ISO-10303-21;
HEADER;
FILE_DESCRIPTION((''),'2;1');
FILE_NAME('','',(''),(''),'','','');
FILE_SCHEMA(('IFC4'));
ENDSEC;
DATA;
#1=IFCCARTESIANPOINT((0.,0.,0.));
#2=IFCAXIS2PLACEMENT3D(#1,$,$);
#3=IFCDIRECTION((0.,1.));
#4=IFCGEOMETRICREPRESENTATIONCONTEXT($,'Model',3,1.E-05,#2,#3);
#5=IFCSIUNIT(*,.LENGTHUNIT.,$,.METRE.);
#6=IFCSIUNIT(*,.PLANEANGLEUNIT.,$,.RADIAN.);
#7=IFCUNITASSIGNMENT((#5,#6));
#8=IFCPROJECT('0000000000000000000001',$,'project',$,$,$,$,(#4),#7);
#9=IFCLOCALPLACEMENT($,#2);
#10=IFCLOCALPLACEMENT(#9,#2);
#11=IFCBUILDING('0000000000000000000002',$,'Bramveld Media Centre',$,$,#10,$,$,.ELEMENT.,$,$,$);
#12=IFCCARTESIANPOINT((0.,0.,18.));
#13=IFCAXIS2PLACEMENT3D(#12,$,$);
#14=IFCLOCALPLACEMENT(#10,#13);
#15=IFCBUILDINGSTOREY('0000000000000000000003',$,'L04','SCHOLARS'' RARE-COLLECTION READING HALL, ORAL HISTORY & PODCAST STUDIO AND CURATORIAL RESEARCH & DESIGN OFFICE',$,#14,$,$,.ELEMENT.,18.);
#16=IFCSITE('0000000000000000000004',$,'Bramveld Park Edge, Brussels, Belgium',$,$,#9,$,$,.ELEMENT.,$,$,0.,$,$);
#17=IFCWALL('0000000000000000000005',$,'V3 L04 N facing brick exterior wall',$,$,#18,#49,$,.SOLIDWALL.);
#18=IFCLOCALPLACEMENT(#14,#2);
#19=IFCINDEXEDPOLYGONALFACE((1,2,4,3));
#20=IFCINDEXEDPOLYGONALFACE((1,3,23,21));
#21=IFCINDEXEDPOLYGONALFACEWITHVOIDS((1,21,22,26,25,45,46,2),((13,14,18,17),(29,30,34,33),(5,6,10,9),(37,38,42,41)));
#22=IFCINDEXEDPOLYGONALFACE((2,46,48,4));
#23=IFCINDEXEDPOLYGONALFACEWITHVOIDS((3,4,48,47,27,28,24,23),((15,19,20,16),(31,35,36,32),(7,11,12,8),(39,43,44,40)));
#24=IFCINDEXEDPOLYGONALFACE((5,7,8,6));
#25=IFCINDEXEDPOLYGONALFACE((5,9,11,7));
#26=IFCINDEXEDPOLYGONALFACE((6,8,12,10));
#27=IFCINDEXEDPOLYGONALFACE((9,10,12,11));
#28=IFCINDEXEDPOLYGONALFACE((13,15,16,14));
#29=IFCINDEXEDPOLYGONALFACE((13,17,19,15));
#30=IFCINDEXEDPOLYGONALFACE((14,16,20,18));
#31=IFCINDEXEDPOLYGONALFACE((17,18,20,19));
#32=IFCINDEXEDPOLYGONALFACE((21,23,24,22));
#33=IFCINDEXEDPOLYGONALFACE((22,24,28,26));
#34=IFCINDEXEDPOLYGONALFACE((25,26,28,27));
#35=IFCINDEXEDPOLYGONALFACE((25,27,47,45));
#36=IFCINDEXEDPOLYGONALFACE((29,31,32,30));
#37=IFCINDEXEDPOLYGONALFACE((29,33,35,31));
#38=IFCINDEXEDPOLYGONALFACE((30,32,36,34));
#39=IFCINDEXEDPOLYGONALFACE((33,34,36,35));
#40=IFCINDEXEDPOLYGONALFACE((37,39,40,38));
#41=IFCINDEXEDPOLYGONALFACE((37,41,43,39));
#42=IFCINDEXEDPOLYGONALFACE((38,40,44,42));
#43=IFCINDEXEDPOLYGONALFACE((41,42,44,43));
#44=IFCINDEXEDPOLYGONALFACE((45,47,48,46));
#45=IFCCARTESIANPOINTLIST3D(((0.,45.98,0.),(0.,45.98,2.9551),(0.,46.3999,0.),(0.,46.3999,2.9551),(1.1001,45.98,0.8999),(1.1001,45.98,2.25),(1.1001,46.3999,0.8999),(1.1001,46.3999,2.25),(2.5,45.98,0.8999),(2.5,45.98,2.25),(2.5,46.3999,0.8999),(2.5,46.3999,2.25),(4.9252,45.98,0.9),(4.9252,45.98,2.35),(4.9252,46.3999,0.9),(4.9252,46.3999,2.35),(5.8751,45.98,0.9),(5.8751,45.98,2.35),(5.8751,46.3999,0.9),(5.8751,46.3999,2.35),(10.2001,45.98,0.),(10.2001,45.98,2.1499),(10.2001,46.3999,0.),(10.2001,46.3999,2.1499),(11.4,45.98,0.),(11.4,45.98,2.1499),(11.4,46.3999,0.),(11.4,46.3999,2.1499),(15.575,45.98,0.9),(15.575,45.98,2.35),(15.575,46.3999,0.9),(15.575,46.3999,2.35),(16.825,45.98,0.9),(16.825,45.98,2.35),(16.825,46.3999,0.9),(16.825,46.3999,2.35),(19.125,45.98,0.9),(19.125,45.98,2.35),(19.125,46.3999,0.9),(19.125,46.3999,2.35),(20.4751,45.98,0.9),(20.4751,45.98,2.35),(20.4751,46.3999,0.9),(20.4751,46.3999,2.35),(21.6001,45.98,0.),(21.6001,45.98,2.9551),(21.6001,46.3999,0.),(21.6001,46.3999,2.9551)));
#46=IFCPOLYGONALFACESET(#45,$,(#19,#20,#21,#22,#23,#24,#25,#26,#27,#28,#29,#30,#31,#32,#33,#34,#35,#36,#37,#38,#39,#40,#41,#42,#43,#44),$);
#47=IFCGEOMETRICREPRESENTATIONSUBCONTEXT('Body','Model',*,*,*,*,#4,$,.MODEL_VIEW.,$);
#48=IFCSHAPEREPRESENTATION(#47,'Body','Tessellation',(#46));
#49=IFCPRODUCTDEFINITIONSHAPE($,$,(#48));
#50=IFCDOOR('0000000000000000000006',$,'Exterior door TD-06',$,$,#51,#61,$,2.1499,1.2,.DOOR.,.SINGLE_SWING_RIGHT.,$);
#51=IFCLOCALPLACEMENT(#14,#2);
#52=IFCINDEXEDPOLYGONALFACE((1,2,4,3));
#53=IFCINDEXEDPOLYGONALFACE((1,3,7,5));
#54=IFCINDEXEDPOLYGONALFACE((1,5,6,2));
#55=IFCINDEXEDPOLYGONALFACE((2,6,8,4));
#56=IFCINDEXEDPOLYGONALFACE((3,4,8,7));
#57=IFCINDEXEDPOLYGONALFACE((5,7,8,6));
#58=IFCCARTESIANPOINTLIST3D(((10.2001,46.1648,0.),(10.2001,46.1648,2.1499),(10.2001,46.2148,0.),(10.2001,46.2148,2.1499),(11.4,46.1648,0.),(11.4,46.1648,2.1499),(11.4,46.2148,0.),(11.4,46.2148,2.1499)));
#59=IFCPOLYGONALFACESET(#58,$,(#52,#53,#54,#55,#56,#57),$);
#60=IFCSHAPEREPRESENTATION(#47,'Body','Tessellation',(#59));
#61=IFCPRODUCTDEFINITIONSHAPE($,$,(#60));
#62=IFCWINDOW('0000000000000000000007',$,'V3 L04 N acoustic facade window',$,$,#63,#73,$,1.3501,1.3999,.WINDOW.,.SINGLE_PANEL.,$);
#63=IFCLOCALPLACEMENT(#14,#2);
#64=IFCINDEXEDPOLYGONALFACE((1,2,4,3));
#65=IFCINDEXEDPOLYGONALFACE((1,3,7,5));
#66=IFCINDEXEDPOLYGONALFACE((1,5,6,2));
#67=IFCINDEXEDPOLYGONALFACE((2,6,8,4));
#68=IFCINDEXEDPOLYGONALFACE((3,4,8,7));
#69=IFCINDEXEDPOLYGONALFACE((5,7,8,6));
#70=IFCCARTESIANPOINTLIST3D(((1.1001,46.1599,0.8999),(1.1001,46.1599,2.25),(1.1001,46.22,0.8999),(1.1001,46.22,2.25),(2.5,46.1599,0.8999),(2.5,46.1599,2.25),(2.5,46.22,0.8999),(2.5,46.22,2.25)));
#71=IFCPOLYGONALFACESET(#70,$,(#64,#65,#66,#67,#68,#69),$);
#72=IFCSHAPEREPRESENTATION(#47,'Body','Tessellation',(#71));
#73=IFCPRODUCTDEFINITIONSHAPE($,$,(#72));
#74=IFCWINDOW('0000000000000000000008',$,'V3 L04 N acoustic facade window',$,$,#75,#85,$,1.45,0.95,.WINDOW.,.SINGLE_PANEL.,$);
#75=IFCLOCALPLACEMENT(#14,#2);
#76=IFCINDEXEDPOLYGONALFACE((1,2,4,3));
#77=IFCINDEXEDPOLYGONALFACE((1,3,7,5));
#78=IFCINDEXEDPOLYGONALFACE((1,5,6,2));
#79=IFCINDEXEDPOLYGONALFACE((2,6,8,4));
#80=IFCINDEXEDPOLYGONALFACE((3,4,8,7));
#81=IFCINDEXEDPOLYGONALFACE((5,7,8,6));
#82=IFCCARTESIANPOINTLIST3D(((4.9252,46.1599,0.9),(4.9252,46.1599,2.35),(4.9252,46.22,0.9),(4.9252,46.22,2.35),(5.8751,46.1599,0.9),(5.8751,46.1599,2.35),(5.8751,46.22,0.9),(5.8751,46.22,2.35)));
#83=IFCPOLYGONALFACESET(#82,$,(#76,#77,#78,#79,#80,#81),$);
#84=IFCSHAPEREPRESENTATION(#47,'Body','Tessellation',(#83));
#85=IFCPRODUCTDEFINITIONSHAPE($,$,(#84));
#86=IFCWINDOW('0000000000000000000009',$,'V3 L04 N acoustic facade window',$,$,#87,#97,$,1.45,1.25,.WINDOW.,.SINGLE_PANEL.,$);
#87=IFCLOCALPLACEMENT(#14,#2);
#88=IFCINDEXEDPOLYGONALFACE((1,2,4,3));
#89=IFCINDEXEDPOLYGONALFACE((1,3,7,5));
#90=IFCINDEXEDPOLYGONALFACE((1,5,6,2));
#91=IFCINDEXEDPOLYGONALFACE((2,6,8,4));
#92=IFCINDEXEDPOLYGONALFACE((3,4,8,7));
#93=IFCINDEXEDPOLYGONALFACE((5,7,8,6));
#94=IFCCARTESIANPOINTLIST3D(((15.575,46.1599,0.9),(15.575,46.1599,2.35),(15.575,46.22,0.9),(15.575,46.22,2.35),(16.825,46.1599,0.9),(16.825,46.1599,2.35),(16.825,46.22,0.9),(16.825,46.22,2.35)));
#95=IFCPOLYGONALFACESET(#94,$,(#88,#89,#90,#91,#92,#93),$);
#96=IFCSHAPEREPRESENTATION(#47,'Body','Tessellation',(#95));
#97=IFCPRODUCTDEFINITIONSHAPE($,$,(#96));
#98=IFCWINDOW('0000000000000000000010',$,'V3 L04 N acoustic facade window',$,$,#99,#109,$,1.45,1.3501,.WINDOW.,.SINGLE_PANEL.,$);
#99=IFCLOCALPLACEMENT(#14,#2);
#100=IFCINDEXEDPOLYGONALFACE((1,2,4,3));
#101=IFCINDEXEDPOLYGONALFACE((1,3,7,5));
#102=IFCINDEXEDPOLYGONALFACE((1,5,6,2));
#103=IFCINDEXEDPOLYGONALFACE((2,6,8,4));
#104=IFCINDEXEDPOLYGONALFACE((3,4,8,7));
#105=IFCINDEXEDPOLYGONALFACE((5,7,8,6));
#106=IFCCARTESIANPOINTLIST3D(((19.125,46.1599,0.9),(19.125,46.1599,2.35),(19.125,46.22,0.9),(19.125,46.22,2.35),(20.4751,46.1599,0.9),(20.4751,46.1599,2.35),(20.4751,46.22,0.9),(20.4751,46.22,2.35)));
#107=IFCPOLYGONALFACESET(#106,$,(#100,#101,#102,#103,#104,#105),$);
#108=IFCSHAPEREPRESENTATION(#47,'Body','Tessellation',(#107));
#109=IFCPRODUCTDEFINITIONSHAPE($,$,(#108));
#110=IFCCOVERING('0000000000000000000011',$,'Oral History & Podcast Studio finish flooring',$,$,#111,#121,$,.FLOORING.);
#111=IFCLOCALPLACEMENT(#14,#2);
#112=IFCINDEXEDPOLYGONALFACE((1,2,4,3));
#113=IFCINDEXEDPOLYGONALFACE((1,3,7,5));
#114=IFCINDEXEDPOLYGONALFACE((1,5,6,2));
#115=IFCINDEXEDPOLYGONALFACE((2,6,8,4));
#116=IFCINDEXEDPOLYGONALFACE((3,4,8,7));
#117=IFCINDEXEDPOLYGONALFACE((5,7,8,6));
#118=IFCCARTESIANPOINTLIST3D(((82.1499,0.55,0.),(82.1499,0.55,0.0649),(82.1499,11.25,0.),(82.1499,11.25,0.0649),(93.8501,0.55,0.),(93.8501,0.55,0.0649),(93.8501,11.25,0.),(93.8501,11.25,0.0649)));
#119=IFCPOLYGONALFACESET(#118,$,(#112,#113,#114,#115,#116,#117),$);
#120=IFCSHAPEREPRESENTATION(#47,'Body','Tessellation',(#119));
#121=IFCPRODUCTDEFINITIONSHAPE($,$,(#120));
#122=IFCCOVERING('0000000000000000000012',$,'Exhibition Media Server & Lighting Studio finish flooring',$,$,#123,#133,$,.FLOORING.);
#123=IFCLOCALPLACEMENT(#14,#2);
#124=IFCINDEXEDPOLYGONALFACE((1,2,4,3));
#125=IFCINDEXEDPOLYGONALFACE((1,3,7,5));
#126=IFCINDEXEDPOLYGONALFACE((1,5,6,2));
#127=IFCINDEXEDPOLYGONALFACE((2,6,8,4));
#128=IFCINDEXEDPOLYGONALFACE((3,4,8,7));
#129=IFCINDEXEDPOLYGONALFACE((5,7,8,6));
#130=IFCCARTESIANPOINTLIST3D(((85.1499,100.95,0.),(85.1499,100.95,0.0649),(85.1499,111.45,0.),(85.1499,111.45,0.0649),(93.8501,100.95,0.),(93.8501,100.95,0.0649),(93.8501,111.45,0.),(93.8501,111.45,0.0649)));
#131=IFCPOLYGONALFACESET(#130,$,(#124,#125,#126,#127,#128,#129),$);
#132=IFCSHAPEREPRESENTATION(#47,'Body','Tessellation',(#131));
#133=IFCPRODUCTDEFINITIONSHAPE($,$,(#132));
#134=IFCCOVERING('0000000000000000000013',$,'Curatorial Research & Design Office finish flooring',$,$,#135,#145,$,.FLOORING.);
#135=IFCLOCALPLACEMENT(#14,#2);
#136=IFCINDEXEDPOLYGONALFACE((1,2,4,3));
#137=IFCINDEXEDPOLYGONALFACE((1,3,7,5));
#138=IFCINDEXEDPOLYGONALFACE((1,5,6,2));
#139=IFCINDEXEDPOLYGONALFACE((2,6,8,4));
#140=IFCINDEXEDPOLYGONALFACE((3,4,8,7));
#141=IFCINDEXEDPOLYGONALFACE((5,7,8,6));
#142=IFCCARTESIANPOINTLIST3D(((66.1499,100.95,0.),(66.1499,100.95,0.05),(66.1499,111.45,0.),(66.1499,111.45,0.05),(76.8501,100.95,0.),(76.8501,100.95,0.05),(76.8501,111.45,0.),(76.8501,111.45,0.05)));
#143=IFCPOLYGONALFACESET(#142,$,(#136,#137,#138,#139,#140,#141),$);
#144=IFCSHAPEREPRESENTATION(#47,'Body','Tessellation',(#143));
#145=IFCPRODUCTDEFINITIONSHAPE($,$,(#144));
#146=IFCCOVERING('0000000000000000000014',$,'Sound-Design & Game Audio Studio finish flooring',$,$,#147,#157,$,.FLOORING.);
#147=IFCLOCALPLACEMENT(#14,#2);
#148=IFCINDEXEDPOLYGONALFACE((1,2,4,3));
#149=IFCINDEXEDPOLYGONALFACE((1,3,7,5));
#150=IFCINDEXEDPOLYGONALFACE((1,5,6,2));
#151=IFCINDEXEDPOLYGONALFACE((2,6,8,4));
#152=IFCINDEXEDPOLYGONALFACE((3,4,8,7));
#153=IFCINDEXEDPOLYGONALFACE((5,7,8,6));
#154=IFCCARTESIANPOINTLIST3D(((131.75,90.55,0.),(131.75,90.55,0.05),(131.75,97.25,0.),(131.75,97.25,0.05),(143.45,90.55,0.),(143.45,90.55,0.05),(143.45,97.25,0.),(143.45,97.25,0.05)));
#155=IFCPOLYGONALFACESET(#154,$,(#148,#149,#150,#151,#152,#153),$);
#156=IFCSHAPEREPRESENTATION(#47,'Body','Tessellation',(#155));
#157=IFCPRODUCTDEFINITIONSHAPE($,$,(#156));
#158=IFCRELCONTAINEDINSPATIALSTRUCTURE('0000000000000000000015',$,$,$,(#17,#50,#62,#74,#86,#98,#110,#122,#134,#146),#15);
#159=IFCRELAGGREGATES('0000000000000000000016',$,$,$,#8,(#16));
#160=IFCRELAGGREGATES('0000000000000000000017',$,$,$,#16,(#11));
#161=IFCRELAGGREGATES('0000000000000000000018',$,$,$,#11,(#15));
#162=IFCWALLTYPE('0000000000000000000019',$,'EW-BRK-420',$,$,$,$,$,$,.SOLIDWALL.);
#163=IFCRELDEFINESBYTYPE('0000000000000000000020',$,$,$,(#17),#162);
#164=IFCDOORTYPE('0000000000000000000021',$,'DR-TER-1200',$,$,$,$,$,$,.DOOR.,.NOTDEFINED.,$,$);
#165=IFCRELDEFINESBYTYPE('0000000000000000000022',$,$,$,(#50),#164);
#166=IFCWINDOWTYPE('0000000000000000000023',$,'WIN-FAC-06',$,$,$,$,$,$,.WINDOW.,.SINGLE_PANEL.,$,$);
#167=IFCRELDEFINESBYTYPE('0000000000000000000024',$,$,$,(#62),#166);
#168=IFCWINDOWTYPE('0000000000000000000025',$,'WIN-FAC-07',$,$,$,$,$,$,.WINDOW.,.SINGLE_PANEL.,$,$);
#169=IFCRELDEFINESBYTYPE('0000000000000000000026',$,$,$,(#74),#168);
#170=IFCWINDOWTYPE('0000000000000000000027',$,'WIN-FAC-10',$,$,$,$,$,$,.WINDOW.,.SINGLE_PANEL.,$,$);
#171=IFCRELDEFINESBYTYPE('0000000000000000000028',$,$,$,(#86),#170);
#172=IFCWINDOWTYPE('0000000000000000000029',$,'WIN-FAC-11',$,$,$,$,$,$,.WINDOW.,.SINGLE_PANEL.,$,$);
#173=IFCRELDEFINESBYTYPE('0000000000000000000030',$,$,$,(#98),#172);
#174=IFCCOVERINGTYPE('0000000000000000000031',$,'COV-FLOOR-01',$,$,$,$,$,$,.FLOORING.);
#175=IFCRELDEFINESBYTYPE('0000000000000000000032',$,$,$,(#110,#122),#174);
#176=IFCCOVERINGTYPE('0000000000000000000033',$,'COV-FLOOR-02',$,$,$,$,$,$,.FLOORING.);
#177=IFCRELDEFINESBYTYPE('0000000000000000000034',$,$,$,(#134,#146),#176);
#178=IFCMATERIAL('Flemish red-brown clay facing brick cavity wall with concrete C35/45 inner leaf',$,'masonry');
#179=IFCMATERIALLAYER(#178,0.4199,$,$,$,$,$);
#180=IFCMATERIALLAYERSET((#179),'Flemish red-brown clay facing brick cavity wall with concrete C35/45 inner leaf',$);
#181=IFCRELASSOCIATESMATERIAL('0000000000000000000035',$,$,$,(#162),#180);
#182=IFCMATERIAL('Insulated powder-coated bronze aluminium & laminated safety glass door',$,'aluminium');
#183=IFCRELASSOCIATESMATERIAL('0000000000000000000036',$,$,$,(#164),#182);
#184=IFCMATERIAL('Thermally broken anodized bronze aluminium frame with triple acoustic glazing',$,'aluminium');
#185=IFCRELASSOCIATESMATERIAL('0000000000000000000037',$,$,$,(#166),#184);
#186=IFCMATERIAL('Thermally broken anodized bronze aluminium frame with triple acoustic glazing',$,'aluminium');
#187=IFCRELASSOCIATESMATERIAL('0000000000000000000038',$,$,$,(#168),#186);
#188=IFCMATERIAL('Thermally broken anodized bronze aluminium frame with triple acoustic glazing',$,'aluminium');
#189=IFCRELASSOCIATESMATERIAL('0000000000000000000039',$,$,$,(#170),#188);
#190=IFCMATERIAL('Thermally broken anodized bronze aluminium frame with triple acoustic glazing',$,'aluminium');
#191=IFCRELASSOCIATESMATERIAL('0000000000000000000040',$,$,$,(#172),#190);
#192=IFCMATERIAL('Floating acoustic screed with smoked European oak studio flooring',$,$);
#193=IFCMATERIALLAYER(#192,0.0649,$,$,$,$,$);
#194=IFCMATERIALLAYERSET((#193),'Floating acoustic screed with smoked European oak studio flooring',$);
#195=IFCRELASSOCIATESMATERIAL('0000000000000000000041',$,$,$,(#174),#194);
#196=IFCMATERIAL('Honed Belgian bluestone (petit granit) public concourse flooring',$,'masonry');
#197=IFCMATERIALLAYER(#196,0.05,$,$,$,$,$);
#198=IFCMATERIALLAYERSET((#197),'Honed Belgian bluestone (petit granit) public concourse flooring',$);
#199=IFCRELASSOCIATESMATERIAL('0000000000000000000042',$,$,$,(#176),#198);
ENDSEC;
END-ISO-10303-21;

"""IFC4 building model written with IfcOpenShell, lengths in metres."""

from ifc_helpers import new_model, si_unit, direction, frame, frame_2d, origin, place, context, subcontext, project, spatial, polyline, rectangle, outline, extrude, material, layer, layer_set, type_object, element, fill, save


model = new_model("IFC4")

# Units and contexts
model_context = context("Model", 3, precision=1e-05, world=origin(), true_north=direction((0.0, 1.0)))
body_context = subcontext(model_context, "Body", "Model", "MODEL_VIEW")
ifc_project = project(units=[si_unit("LENGTHUNIT", "METRE"), si_unit("PLANEANGLEUNIT", "RADIAN")], contexts=[model_context])

# Site, building, storey
site_placement = place(None, origin())
site = spatial("IfcSite", under=ifc_project, at=site_placement, Name="Bramveld Park Edge, Brussels, Belgium", CompositionType="ELEMENT", RefElevation=0.0)
building_placement = place(site_placement, origin())
building = spatial("IfcBuilding", under=site, at=building_placement, Name="Bramveld Media Centre", CompositionType="ELEMENT")
storey_placement = place(building_placement, frame((0.0, 0.0, 18.0)))
storey = spatial("IfcBuildingStorey", under=building, at=storey_placement, Name="L04", Description="SCHOLARS' RARE-COLLECTION READING HALL, ORAL HISTORY & PODCAST STUDIO AND CURATORIAL RESEARCH & DESIGN OFFICE", CompositionType="ELEMENT", Elevation=18.0)

# Wall, openings, door, windows
ifc_material_1 = material(Name="Flemish red-brown clay facing brick cavity wall with concrete C35/45 inner leaf", Category="masonry")
ifc_layer_1 = layer(ifc_material_1, 0.4199)
ifc_layer_set_1 = layer_set([ifc_layer_1], Name="Flemish red-brown clay facing brick cavity wall with concrete C35/45 inner leaf")
wall_type = type_object("IfcWallType", Name="EW-BRK-420", PredefinedType="SOLIDWALL", material=ifc_layer_set_1)
wall_placement = place(storey_placement, frame((0.0, 46.1899, 0.0), z_axis=(0.0, 0.0, 1.0), x_axis=(1.0, 0.0, 0.0)))
wall = element("IfcWall", 1, at=wall_placement, inside=storey, type_object=wall_type, Name="V3 L04 N facing brick exterior wall", PredefinedType="SOLIDWALL", context=body_context, shape_type="SweptSolid", body=[
    extrude(rectangle(XDim=21.6001, YDim=0.4199, at=frame_2d((10.8, 0.0))), origin(), (0.0, 0.0, 1.0), 2.9551),
])
opening_1_placement = place(wall_placement, frame((10.2, 0.0, 0.0)))
opening_1 = element("IfcOpeningElement", 2, at=opening_1_placement, cuts=wall, PredefinedType="OPENING", context=body_context, shape_type="SweptSolid", body=[
    extrude(rectangle(XDim=1.2, YDim=2.1499, at=frame_2d((0.6001, 1.075))), frame((0.0, 0.2219, 0.0), z_axis=(0.0, -1.0, 0.0), x_axis=(1.0, 0.0, 0.0)), (0.0, 0.0, 1.0), 0.4438),
])
opening_2_placement = place(wall_placement, frame((1.1001, 0.0, 0.8999)))
opening_2 = element("IfcOpeningElement", 3, at=opening_2_placement, cuts=wall, PredefinedType="OPENING", context=body_context, shape_type="SweptSolid", body=[
    extrude(rectangle(XDim=1.3999, YDim=1.3501, at=frame_2d((0.7, 0.675))), frame((0.0, 0.2219, 0.0), z_axis=(0.0, -1.0, 0.0), x_axis=(1.0, 0.0, 0.0)), (0.0, 0.0, 1.0), 0.4438),
])
opening_3_placement = place(wall_placement, frame((4.925, 0.0, 0.8999)))
opening_3 = element("IfcOpeningElement", 4, at=opening_3_placement, cuts=wall, PredefinedType="OPENING", context=body_context, shape_type="SweptSolid", body=[
    extrude(rectangle(XDim=0.95, YDim=1.45, at=frame_2d((0.4751, 0.7251))), frame((0.0, 0.2219, 0.0), z_axis=(0.0, -1.0, 0.0), x_axis=(1.0, 0.0, 0.0)), (0.0, 0.0, 1.0), 0.4438),
])
opening_4_placement = place(wall_placement, frame((15.575, 0.0, 0.8999)))
opening_4 = element("IfcOpeningElement", 5, at=opening_4_placement, cuts=wall, PredefinedType="OPENING", context=body_context, shape_type="SweptSolid", body=[
    extrude(rectangle(XDim=1.25, YDim=1.45, at=frame_2d((0.625, 0.7251))), frame((0.0, 0.2219, 0.0), z_axis=(0.0, -1.0, 0.0), x_axis=(1.0, 0.0, 0.0)), (0.0, 0.0, 1.0), 0.4438),
])
opening_5_placement = place(wall_placement, frame((19.125, 0.0, 0.8999)))
opening_5 = element("IfcOpeningElement", 6, at=opening_5_placement, cuts=wall, PredefinedType="OPENING", context=body_context, shape_type="SweptSolid", body=[
    extrude(rectangle(XDim=1.3501, YDim=1.45, at=frame_2d((0.675, 0.7251))), frame((0.0, 0.2219, 0.0), z_axis=(0.0, -1.0, 0.0), x_axis=(1.0, 0.0, 0.0)), (0.0, 0.0, 1.0), 0.4438),
])
ifc_material_2 = material(Name="Insulated powder-coated bronze aluminium & laminated safety glass door", Category="aluminium")
door_type = type_object("IfcDoorType", Name="DR-TER-1200", OperationType="NOTDEFINED", PredefinedType="DOOR", material=ifc_material_2)
door_placement = place(opening_1_placement, origin())
door = element("IfcDoor", 7, at=door_placement, inside=storey, type_object=door_type, Name="Exterior door TD-06", OperationType="SINGLE_SWING_RIGHT", OverallHeight=2.1499, OverallWidth=1.2, PredefinedType="DOOR", context=body_context, shape_type="SweptSolid", body=[
    extrude(rectangle(XDim=1.2, YDim=2.1499, at=frame_2d((0.6001, 1.075))), frame((0.0, 0.0249, 0.0), z_axis=(0.0, -1.0, 0.0), x_axis=(1.0, 0.0, 0.0)), (0.0, 0.0, 1.0), 0.05),
])
fill(opening_1, door)
ifc_material_3 = material(Name="Thermally broken anodized bronze aluminium frame with triple acoustic glazing", Category="aluminium")
window_type_1 = type_object("IfcWindowType", Name="WIN-FAC-06", PartitioningType="SINGLE_PANEL", PredefinedType="WINDOW", material=ifc_material_3)
window_1_placement = place(opening_2_placement, origin())
window_1 = element("IfcWindow", 8, at=window_1_placement, inside=storey, type_object=window_type_1, Name="V3 L04 N acoustic facade window", OverallHeight=1.3501, OverallWidth=1.3999, PartitioningType="SINGLE_PANEL", PredefinedType="WINDOW", context=body_context, shape_type="SweptSolid", body=[
    extrude(rectangle(XDim=1.3999, YDim=1.3501, at=frame_2d((0.7, 0.675))), frame((0.0, 0.03, 0.0), z_axis=(0.0, -1.0, 0.0), x_axis=(1.0, 0.0, 0.0)), (0.0, 0.0, 1.0), 0.0601),
])
fill(opening_2, window_1)
ifc_material_4 = material(Name="Thermally broken anodized bronze aluminium frame with triple acoustic glazing", Category="aluminium")
window_type_2 = type_object("IfcWindowType", Name="WIN-FAC-07", PartitioningType="SINGLE_PANEL", PredefinedType="WINDOW", material=ifc_material_4)
window_2_placement = place(opening_3_placement, origin())
window_2 = element("IfcWindow", 9, at=window_2_placement, inside=storey, type_object=window_type_2, Name="V3 L04 N acoustic facade window", OverallHeight=1.45, OverallWidth=0.95, PartitioningType="SINGLE_PANEL", PredefinedType="WINDOW", context=body_context, shape_type="SweptSolid", body=[
    extrude(rectangle(XDim=0.95, YDim=1.45, at=frame_2d((0.4751, 0.7251))), frame((0.0, 0.03, 0.0), z_axis=(0.0, -1.0, 0.0), x_axis=(1.0, 0.0, 0.0)), (0.0, 0.0, 1.0), 0.0601),
])
fill(opening_3, window_2)
ifc_material_5 = material(Name="Thermally broken anodized bronze aluminium frame with triple acoustic glazing", Category="aluminium")
window_type_3 = type_object("IfcWindowType", Name="WIN-FAC-10", PartitioningType="SINGLE_PANEL", PredefinedType="WINDOW", material=ifc_material_5)
window_3_placement = place(opening_4_placement, origin())
window_3 = element("IfcWindow", 10, at=window_3_placement, inside=storey, type_object=window_type_3, Name="V3 L04 N acoustic facade window", OverallHeight=1.45, OverallWidth=1.25, PartitioningType="SINGLE_PANEL", PredefinedType="WINDOW", context=body_context, shape_type="SweptSolid", body=[
    extrude(rectangle(XDim=1.25, YDim=1.45, at=frame_2d((0.625, 0.7251))), frame((0.0, 0.03, 0.0), z_axis=(0.0, -1.0, 0.0), x_axis=(1.0, 0.0, 0.0)), (0.0, 0.0, 1.0), 0.0601),
])
fill(opening_4, window_3)
ifc_material_6 = material(Name="Thermally broken anodized bronze aluminium frame with triple acoustic glazing", Category="aluminium")
window_type_4 = type_object("IfcWindowType", Name="WIN-FAC-11", PartitioningType="SINGLE_PANEL", PredefinedType="WINDOW", material=ifc_material_6)
window_4_placement = place(opening_5_placement, origin())
window_4 = element("IfcWindow", 11, at=window_4_placement, inside=storey, type_object=window_type_4, Name="V3 L04 N acoustic facade window", OverallHeight=1.45, OverallWidth=1.3501, PartitioningType="SINGLE_PANEL", PredefinedType="WINDOW", context=body_context, shape_type="SweptSolid", body=[
    extrude(rectangle(XDim=1.3501, YDim=1.45, at=frame_2d((0.675, 0.7251))), frame((0.0, 0.03, 0.0), z_axis=(0.0, -1.0, 0.0), x_axis=(1.0, 0.0, 0.0)), (0.0, 0.0, 1.0), 0.0601),
])
fill(opening_5, window_4)

# Coverings
ifc_material_7 = material(Name="Floating acoustic screed with smoked European oak studio flooring")
ifc_layer_2 = layer(ifc_material_7, 0.0649)
ifc_layer_set_2 = layer_set([ifc_layer_2], Name="Floating acoustic screed with smoked European oak studio flooring")
covering_type_1 = type_object("IfcCoveringType", Name="COV-FLOOR-01", PredefinedType="FLOORING", material=ifc_layer_set_2)
covering_1_placement = place(storey_placement, origin())
element("IfcCovering", 12, at=covering_1_placement, inside=storey, type_object=covering_type_1, Name="Oral History & Podcast Studio finish flooring", PredefinedType="FLOORING", context=body_context, shape_type="SweptSolid", body=[
    extrude(outline(polyline([(82.1499, 0.55), (93.8501, 0.55), (93.8501, 11.25), (82.1499, 11.25), (82.1499, 0.55)])), origin(), (0.0, 0.0, 1.0), 0.0649),
])
covering_2_placement = place(storey_placement, origin())
element("IfcCovering", 13, at=covering_2_placement, inside=storey, type_object=covering_type_1, Name="Exhibition Media Server & Lighting Studio finish flooring", PredefinedType="FLOORING", context=body_context, shape_type="SweptSolid", body=[
    extrude(outline(polyline([(85.1499, 100.95), (93.8501, 100.95), (93.8501, 111.45), (85.1499, 111.45), (85.1499, 100.95)])), origin(), (0.0, 0.0, 1.0), 0.0649),
])
ifc_material_8 = material(Name="Honed Belgian bluestone (petit granit) public concourse flooring", Category="masonry")
ifc_layer_3 = layer(ifc_material_8, 0.05)
ifc_layer_set_3 = layer_set([ifc_layer_3], Name="Honed Belgian bluestone (petit granit) public concourse flooring")
covering_type_2 = type_object("IfcCoveringType", Name="COV-FLOOR-02", PredefinedType="FLOORING", material=ifc_layer_set_3)
covering_3_placement = place(storey_placement, origin())
element("IfcCovering", 14, at=covering_3_placement, inside=storey, type_object=covering_type_2, Name="Curatorial Research & Design Office finish flooring", PredefinedType="FLOORING", context=body_context, shape_type="SweptSolid", body=[
    extrude(outline(polyline([(66.1499, 100.95), (76.8501, 100.95), (76.8501, 111.45), (66.1499, 111.45), (66.1499, 100.95)])), origin(), (0.0, 0.0, 1.0), 0.05),
])
covering_4_placement = place(storey_placement, origin())
element("IfcCovering", 15, at=covering_4_placement, inside=storey, type_object=covering_type_2, Name="Sound-Design & Game Audio Studio finish flooring", PredefinedType="FLOORING", context=body_context, shape_type="SweptSolid", body=[
    extrude(outline(polyline([(131.75, 90.55), (143.45, 90.55), (143.45, 97.25), (131.75, 97.25), (131.75, 90.55)])), origin(), (0.0, 0.0, 1.0), 0.05),
])

save(model, "model.ifc")
